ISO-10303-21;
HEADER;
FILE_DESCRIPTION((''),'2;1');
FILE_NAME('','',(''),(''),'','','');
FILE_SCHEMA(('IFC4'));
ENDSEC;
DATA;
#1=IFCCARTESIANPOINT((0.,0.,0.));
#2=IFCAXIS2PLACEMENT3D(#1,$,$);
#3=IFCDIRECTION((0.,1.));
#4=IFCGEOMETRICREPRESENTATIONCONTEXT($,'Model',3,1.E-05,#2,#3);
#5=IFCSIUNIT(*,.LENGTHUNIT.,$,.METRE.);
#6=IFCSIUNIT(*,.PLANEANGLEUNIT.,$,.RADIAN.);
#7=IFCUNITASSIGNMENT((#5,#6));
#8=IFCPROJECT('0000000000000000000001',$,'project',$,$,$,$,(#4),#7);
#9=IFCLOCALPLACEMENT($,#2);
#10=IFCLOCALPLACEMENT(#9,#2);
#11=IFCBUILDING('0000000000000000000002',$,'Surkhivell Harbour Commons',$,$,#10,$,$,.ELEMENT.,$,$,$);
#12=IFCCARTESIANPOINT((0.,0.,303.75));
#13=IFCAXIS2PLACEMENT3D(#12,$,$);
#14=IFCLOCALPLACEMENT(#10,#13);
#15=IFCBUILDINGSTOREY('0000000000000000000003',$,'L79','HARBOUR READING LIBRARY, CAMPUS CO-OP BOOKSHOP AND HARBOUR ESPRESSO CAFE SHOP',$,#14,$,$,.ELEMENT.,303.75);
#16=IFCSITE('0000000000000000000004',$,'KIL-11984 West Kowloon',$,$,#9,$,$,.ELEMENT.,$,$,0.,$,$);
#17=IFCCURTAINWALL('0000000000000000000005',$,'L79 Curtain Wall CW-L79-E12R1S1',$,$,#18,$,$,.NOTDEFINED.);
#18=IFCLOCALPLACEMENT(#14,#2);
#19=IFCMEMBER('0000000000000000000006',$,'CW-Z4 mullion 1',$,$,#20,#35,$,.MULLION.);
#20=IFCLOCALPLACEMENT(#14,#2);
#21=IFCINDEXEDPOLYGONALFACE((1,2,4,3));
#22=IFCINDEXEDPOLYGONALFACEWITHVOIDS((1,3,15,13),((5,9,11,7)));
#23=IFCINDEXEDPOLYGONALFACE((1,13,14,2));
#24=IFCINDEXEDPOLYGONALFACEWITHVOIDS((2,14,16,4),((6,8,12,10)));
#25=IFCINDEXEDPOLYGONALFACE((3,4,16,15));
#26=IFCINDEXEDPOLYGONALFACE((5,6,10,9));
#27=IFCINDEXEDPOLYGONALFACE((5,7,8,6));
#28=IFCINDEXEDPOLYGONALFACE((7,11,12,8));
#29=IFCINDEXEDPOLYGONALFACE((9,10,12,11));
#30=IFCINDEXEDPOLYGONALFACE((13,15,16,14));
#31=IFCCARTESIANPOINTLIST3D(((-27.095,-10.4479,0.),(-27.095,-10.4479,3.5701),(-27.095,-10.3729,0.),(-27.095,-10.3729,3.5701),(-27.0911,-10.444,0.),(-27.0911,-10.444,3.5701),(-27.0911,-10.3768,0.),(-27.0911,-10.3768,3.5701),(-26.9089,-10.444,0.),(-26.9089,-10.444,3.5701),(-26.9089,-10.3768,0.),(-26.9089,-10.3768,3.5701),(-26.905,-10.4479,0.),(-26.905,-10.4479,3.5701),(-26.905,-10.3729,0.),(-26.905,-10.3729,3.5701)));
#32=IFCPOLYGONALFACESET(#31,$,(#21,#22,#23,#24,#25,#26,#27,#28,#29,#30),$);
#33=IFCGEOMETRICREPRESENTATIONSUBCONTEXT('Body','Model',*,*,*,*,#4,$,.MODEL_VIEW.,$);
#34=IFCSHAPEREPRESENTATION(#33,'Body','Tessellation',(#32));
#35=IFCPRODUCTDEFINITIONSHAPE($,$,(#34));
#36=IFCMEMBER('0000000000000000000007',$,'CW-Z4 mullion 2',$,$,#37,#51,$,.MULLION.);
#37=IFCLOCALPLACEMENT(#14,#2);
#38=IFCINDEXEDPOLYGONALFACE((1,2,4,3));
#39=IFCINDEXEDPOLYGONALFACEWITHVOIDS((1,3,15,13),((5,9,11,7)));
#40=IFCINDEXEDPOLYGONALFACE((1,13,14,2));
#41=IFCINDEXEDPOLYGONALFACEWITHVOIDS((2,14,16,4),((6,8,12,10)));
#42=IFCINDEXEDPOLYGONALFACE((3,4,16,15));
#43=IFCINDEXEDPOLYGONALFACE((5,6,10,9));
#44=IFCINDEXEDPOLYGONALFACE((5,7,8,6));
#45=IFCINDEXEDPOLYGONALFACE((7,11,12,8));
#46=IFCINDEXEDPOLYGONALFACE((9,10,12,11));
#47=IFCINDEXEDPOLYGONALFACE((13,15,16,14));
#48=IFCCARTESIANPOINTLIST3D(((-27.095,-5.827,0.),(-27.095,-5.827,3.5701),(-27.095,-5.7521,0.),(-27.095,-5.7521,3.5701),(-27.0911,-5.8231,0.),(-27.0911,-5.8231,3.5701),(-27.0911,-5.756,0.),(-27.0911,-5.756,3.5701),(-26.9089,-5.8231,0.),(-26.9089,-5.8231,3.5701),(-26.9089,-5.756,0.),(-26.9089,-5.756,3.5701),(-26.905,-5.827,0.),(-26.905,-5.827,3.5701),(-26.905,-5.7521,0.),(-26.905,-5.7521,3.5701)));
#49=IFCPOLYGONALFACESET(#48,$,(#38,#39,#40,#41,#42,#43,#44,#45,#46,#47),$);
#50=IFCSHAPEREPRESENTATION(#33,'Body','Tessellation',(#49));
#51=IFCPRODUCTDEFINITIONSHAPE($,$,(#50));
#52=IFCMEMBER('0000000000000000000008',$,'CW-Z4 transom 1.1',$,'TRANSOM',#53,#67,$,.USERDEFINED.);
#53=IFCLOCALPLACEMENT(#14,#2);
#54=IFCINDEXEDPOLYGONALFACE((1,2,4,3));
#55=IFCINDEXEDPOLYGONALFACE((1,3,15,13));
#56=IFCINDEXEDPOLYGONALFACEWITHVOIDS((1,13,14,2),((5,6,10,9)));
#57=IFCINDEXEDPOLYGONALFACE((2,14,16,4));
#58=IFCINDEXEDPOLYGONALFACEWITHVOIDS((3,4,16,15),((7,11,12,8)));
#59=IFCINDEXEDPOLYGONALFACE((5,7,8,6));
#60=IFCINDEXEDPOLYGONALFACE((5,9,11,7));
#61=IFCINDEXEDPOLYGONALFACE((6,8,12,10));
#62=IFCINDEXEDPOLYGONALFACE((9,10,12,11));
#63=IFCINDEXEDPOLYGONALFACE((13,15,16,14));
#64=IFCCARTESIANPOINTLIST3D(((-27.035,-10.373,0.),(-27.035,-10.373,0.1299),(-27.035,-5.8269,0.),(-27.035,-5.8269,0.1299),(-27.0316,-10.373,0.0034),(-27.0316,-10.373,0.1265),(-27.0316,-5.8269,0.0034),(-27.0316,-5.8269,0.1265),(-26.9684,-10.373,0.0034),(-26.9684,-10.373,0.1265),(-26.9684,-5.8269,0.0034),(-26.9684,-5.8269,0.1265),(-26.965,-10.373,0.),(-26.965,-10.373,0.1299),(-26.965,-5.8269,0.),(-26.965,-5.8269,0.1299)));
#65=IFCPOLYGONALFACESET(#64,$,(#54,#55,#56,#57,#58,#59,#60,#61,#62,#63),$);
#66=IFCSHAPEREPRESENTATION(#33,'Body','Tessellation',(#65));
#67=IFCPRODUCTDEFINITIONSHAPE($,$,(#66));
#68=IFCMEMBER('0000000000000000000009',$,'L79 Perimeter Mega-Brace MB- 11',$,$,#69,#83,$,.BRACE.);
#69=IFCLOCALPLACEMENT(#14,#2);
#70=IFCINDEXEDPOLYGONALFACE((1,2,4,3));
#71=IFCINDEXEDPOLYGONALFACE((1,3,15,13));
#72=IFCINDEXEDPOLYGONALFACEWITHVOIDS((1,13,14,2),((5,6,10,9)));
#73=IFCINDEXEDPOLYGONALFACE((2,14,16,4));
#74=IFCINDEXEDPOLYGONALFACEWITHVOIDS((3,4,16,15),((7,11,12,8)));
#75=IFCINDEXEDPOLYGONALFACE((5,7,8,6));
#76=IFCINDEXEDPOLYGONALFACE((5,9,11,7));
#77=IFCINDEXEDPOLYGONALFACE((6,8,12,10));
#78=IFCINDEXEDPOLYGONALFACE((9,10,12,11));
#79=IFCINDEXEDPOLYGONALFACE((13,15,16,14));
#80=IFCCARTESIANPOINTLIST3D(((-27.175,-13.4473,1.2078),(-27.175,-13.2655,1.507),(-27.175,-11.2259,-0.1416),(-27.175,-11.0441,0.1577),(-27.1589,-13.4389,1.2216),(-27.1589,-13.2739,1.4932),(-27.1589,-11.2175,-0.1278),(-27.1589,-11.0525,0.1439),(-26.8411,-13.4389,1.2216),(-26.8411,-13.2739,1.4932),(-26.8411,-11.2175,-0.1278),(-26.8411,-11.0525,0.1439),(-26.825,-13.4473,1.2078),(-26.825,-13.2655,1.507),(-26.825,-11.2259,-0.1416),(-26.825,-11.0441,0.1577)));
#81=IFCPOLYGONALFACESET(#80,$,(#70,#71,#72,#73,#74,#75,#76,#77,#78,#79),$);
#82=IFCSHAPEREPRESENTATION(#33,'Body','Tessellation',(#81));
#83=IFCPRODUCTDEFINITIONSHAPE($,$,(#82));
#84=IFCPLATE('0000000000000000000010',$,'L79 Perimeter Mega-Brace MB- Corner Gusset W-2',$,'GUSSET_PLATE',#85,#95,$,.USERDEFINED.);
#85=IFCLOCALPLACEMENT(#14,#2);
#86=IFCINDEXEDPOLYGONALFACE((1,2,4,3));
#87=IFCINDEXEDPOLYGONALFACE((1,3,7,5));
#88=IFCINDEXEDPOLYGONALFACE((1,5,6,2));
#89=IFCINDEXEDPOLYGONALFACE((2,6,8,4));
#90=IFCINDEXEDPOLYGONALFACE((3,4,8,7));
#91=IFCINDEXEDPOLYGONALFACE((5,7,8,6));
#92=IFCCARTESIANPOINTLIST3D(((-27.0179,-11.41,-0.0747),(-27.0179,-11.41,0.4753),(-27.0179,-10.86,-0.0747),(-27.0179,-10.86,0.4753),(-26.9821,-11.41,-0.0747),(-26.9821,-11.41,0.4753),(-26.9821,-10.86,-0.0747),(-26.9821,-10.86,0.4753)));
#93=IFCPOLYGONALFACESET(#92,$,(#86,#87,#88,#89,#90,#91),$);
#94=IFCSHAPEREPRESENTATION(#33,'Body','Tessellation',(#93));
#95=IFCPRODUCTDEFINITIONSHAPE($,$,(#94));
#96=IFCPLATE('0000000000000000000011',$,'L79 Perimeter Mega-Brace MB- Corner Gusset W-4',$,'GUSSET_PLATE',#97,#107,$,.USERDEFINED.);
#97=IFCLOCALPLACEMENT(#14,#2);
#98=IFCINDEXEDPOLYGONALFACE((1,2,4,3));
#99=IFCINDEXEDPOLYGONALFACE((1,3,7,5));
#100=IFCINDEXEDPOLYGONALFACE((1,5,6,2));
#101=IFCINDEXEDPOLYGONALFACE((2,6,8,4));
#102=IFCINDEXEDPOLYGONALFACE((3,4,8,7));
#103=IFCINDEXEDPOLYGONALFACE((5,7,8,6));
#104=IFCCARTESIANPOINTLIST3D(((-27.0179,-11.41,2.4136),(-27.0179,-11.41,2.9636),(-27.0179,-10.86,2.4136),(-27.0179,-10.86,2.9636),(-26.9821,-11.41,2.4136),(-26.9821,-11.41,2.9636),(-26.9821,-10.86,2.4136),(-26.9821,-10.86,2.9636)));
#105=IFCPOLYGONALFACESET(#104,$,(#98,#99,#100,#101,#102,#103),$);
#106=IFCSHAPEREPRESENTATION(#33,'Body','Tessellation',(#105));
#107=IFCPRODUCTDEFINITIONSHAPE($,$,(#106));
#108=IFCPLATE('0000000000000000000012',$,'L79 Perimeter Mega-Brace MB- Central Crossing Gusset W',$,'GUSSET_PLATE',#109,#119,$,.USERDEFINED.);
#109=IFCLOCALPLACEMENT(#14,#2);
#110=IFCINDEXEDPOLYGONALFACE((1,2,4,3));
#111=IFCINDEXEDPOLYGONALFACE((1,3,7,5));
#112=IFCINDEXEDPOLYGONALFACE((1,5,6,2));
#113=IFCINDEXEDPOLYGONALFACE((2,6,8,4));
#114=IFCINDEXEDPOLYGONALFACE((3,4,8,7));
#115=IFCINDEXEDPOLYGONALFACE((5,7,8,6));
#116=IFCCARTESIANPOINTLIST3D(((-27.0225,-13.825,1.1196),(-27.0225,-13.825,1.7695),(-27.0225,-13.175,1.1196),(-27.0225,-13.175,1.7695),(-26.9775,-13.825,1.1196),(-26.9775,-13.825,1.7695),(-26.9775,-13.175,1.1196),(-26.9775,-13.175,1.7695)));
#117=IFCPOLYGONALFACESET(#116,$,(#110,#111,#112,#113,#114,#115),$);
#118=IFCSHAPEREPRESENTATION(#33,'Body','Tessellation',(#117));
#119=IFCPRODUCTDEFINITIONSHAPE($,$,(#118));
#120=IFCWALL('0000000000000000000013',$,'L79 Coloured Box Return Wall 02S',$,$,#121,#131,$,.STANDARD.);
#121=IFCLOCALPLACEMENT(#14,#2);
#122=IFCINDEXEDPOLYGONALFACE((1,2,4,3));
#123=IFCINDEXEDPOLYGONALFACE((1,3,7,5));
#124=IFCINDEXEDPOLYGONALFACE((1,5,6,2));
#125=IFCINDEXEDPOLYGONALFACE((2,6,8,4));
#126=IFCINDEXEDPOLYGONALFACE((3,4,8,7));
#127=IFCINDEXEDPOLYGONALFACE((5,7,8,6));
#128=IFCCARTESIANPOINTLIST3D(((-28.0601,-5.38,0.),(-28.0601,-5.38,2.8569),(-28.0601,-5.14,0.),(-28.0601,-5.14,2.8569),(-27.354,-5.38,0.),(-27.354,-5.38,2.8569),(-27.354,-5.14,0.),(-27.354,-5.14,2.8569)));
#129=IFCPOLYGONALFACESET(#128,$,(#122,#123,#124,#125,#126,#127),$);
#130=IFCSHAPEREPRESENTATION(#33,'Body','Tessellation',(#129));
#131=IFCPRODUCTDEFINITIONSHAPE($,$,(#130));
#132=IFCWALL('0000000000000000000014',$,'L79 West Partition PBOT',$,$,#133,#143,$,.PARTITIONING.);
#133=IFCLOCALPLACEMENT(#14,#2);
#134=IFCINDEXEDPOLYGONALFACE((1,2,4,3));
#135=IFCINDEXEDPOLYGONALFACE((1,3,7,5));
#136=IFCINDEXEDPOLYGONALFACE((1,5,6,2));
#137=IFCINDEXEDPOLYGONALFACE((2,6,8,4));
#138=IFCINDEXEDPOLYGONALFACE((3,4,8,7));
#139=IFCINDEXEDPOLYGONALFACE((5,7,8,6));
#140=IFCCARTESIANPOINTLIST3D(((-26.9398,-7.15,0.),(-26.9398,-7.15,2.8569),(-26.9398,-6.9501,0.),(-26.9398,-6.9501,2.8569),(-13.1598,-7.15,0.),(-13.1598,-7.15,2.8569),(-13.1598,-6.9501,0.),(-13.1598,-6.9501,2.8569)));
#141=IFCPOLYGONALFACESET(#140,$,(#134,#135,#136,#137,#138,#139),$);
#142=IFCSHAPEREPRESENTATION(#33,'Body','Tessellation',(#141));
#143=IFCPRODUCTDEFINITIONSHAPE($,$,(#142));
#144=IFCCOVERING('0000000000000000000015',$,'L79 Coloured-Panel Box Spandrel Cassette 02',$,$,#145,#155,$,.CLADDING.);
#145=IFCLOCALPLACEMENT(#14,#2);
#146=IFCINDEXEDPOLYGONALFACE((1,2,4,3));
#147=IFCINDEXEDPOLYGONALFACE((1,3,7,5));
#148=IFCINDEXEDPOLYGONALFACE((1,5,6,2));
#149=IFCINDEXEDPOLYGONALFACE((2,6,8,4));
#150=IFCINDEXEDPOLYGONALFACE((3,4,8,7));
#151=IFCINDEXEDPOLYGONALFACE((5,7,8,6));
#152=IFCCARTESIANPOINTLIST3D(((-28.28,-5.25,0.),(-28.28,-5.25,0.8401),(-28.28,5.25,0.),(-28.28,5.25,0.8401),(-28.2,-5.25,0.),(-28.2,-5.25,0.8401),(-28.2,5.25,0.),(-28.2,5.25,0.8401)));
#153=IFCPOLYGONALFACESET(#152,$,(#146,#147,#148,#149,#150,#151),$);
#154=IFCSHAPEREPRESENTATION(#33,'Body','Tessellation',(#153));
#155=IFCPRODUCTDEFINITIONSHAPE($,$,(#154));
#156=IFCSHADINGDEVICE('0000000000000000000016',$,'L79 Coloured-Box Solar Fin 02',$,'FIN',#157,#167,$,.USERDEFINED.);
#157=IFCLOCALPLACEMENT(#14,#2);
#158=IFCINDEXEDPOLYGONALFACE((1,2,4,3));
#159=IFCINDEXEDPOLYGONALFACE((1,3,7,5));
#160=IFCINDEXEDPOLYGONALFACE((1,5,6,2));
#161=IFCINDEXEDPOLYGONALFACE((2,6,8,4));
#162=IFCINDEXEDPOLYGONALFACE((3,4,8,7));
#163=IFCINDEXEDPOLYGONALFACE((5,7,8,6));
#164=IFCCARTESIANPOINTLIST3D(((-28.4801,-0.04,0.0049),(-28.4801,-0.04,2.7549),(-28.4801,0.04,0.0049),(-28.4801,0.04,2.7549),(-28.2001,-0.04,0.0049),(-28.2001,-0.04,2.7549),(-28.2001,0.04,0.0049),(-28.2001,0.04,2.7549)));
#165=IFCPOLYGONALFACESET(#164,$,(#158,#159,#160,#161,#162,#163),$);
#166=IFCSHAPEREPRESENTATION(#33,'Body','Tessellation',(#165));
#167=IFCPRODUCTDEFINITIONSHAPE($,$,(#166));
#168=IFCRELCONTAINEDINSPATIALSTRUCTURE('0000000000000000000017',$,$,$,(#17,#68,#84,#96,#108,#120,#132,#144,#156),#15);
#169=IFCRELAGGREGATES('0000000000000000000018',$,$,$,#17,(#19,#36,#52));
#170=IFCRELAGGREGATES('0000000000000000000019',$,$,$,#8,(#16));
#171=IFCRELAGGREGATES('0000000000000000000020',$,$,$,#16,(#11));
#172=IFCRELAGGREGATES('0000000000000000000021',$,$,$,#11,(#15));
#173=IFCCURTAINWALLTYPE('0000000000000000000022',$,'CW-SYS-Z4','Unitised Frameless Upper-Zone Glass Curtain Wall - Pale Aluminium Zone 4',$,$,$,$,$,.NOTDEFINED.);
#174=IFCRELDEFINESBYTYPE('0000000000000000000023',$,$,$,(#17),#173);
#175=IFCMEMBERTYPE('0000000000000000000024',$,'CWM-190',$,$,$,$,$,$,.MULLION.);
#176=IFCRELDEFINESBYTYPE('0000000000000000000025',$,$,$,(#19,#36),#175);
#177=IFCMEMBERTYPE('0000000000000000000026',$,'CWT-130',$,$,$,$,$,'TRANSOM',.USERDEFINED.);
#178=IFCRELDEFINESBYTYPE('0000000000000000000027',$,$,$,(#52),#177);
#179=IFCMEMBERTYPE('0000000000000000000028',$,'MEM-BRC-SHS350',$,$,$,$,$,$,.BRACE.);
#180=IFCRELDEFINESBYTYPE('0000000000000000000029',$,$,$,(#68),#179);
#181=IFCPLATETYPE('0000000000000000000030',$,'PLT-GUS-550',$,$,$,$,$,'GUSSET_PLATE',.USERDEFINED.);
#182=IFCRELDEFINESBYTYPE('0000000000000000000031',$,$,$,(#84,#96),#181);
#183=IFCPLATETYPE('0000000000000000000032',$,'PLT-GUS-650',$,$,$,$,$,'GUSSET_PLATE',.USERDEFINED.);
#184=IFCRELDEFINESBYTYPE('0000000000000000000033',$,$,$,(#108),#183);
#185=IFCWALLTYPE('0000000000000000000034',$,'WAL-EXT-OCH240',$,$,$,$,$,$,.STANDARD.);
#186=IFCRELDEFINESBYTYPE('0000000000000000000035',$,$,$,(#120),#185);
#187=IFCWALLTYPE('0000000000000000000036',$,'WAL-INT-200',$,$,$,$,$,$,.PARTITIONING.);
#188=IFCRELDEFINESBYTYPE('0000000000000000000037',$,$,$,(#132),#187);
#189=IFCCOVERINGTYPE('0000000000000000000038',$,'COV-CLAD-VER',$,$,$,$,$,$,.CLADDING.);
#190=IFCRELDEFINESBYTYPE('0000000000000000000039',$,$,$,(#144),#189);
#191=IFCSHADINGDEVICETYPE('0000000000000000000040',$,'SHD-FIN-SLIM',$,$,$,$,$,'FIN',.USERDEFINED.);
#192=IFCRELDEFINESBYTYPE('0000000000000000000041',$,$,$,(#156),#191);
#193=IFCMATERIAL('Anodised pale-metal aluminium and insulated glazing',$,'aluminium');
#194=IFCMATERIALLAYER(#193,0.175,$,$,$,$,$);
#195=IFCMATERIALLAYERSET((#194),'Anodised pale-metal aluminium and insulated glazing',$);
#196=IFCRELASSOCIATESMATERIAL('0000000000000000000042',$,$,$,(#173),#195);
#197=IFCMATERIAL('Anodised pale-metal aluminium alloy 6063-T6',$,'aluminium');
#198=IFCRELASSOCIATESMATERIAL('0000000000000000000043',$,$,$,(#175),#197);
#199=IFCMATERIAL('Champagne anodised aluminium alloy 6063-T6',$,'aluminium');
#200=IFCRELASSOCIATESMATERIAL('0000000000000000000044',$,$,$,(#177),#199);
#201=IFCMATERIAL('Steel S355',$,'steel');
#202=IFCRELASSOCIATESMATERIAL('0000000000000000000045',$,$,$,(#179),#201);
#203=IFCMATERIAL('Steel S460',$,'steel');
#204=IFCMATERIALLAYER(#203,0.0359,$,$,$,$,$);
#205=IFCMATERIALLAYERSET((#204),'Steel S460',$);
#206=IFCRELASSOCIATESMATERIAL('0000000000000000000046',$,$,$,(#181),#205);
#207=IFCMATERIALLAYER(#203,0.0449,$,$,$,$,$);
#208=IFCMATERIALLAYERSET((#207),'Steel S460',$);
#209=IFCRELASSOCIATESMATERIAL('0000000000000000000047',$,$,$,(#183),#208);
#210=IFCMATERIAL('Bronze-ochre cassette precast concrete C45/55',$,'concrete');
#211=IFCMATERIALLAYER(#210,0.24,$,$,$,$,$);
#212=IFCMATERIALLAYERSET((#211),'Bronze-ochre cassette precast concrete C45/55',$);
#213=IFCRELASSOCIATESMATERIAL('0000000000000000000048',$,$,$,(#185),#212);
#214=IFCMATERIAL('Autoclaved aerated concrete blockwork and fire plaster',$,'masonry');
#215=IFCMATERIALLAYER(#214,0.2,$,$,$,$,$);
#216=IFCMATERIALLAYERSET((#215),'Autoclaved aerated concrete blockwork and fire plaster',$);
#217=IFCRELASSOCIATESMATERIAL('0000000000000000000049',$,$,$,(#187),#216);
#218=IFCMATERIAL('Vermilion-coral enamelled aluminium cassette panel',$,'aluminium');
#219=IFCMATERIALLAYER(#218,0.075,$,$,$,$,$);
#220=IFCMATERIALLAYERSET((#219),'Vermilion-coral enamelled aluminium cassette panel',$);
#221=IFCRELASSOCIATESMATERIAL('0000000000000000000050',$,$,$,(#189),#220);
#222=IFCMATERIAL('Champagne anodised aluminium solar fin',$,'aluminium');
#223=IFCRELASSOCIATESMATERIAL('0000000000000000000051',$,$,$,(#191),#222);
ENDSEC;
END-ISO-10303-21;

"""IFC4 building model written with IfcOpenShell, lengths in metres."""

from ifc_helpers import new_model, si_unit, direction, frame, frame_2d, origin, origin_2d, place, context, subcontext, project, spatial, rectangle, hollow_rectangle, extrude, material, layer, layer_set, material_profile, profile_set, type_object, element, aggregate, save


model = new_model("IFC4")

# Units and contexts
model_context = context("Model", 3, precision=1e-05, world=origin(), true_north=direction((0.0, 1.0)))
body_context = subcontext(model_context, "Body", "Model", "MODEL_VIEW")
ifc_project = project(units=[si_unit("LENGTHUNIT", "METRE"), si_unit("PLANEANGLEUNIT", "RADIAN")], contexts=[model_context])

# Site, building, storey
site_placement = place(None, origin())
site = spatial("IfcSite", under=ifc_project, at=site_placement, Name="KIL-11984 West Kowloon", CompositionType="ELEMENT", RefElevation=0.0)
building_placement = place(site_placement, origin())
building = spatial("IfcBuilding", under=site, at=building_placement, Name="Surkhivell Harbour Commons", CompositionType="ELEMENT")
storey_placement = place(building_placement, frame((0.0, 0.0, 303.75)))
storey = spatial("IfcBuildingStorey", under=building, at=storey_placement, Name="L79", Description="HARBOUR READING LIBRARY, CAMPUS CO-OP BOOKSHOP AND HARBOUR ESPRESSO CAFE SHOP", CompositionType="ELEMENT", Elevation=303.75)

# Shared definitions
ifc_material_1 = material(Name="Steel S460", Category="steel")
ifc_material_2 = material(Name="Steel S355", Category="steel")

# Curtain wall, members
ifc_material_3 = material(Name="Anodised pale-metal aluminium and insulated glazing", Category="aluminium")
ifc_layer_1 = layer(ifc_material_3, 0.175)
ifc_layer_set_1 = layer_set([ifc_layer_1], Name="Anodised pale-metal aluminium and insulated glazing")
curtain_wall_type = type_object("IfcCurtainWallType", Name="CW-SYS-Z4", Description="Unitised Frameless Upper-Zone Glass Curtain Wall - Pale Aluminium Zone 4", PredefinedType="NOTDEFINED", material=ifc_layer_set_1)
curtain_wall_placement = place(storey_placement, origin())
curtain_wall = element("IfcCurtainWall", 1, at=curtain_wall_placement, inside=storey, type_object=curtain_wall_type, Name="L79 Curtain Wall CW-L79-E12R1S1", PredefinedType="NOTDEFINED")
ifc_material_4 = material(Name="Anodised pale-metal aluminium alloy 6063-T6", Category="aluminium")
ifc_material_profile_1 = material_profile(ifc_material_4, hollow_rectangle(XDim=0.075, YDim=0.1899, WallThickness=0.0039, at=origin_2d()), Name="ALU-MULL-75x190")
ifc_profile_set_1 = profile_set([ifc_material_profile_1], Name="Anodised pale-metal aluminium alloy 6063-T6")
member_type_1 = type_object("IfcMemberType", Name="CWM-190", PredefinedType="MULLION", material=ifc_profile_set_1)
member_1_placement = place(storey_placement, frame((-27.0, -10.4104, 0.0), z_axis=(0.0, 0.0, 1.0), x_axis=(0.0, 1.0, 0.0)))
member_1 = element("IfcMember", 2, at=member_1_placement, type_object=member_type_1, Name="CW-Z4 mullion 1", PredefinedType="MULLION", context=body_context, shape_type="SweptSolid", body=[
    extrude(hollow_rectangle(XDim=0.075, YDim=0.1899, WallThickness=0.0039, at=origin_2d()), origin(), (0.0, 0.0, 1.0), 3.5701),
])
member_2_placement = place(storey_placement, frame((-27.0, -5.7896, 0.0), z_axis=(0.0, 0.0, 1.0), x_axis=(0.0, 1.0, 0.0)))
member_2 = element("IfcMember", 3, at=member_2_placement, type_object=member_type_1, Name="CW-Z4 mullion 2", PredefinedType="MULLION", context=body_context, shape_type="SweptSolid", body=[
    extrude(hollow_rectangle(XDim=0.075, YDim=0.1899, WallThickness=0.0039, at=origin_2d()), origin(), (0.0, 0.0, 1.0), 3.5701),
])
ifc_material_5 = material(Name="Champagne anodised aluminium alloy 6063-T6", Category="aluminium")
ifc_material_profile_2 = material_profile(ifc_material_5, hollow_rectangle(XDim=0.0701, YDim=0.1299, WallThickness=0.0034, at=origin_2d()), Name="ALU-TRAN-70x130")
ifc_profile_set_2 = profile_set([ifc_material_profile_2], Name="Champagne anodised aluminium alloy 6063-T6")
member_type_2 = type_object("IfcMemberType", Name="CWT-130", ElementType="TRANSOM", PredefinedType="USERDEFINED", material=ifc_profile_set_2)
member_3_placement = place(storey_placement, frame((-27.0, -10.373, 0.0649), z_axis=(0.0, 1.0, 0.0), x_axis=(-1.0, 0.0, 0.0)))
member_3 = element("IfcMember", 4, at=member_3_placement, type_object=member_type_2, Name="CW-Z4 transom 1.1", ObjectType="TRANSOM", PredefinedType="USERDEFINED", context=body_context, shape_type="SweptSolid", body=[
    extrude(hollow_rectangle(XDim=0.0701, YDim=0.1299, WallThickness=0.0034, at=origin_2d()), origin(), (0.0, 0.0, 1.0), 4.5461),
])

# Member
ifc_material_profile_3 = material_profile(ifc_material_2, hollow_rectangle(XDim=0.3501, YDim=0.3501, WallThickness=0.0161, at=origin_2d()), Name="SHS350x350x16")
ifc_profile_set_3 = profile_set([ifc_material_profile_3], Name="Steel S355")
member_type_3 = type_object("IfcMemberType", Name="MEM-BRC-SHS350", PredefinedType="BRACE", material=ifc_profile_set_3)
member_4_placement = place(storey_placement, frame((-27.0, -11.135, 0.0081), z_axis=(0.0, -0.854679, 0.519157), x_axis=(1.0, 0.0, 0.0)))
element("IfcMember", 5, at=member_4_placement, inside=storey, type_object=member_type_3, Name="L79 Perimeter Mega-Brace MB- 11", PredefinedType="BRACE", context=body_context, shape_type="SweptSolid", body=[
    extrude(hollow_rectangle(XDim=0.3501, YDim=0.3501, WallThickness=0.0161, at=origin_2d()), origin(), (0.0, 0.0, 1.0), 2.5991),
])

aggregate(curtain_wall, [member_1, member_2, member_3])

# Plates
ifc_layer_2 = layer(ifc_material_1, 0.0359)
ifc_layer_set_2 = layer_set([ifc_layer_2], Name="Steel S460")
plate_type_1 = type_object("IfcPlateType", Name="PLT-GUS-550", ElementType="GUSSET_PLATE", PredefinedType="USERDEFINED", material=ifc_layer_set_2)
for number, where, z_axis, x_axis, name in (
    (6, (-27.0, -11.135, -0.0747), (0.0, 0.0, 1.0), (0.0, 1.0, 0.0), "L79 Perimeter Mega-Brace MB- Corner Gusset W-2"),
    (7, (-27.0, -11.135, 2.4136), (0.0, 0.0, 1.0), (0.0, 1.0, 0.0), "L79 Perimeter Mega-Brace MB- Corner Gusset W-4"),
):
    element("IfcPlate", number, at=place(storey_placement, frame(where, z_axis=z_axis, x_axis=x_axis)), inside=storey, type_object=plate_type_1, Name=name, ObjectType="GUSSET_PLATE", PredefinedType="USERDEFINED", context=body_context, shape_type="SweptSolid", body=[
        extrude(rectangle(XDim=0.55, YDim=0.0359, at=origin_2d()), origin(), (0.0, 0.0, 1.0), 0.55),
    ])
ifc_layer_3 = layer(ifc_material_1, 0.0449)
ifc_layer_set_3 = layer_set([ifc_layer_3], Name="Steel S460")
plate_type_2 = type_object("IfcPlateType", Name="PLT-GUS-650", ElementType="GUSSET_PLATE", PredefinedType="USERDEFINED", material=ifc_layer_set_3)
plate_1_placement = place(storey_placement, frame((-27.0, -13.5, 1.1196), z_axis=(0.0, 0.0, 1.0), x_axis=(0.0, 1.0, 0.0)))
element("IfcPlate", 8, at=plate_1_placement, inside=storey, type_object=plate_type_2, Name="L79 Perimeter Mega-Brace MB- Central Crossing Gusset W", ObjectType="GUSSET_PLATE", PredefinedType="USERDEFINED", context=body_context, shape_type="SweptSolid", body=[
    extrude(rectangle(XDim=0.6499, YDim=0.0449, at=origin_2d()), origin(), (0.0, 0.0, 1.0), 0.6499),
])

# Walls
ifc_material_6 = material(Name="Bronze-ochre cassette precast concrete C45/55", Category="concrete")
ifc_layer_4 = layer(ifc_material_6, 0.24)
ifc_layer_set_4 = layer_set([ifc_layer_4], Name="Bronze-ochre cassette precast concrete C45/55")
wall_type_1 = type_object("IfcWallType", Name="WAL-EXT-OCH240", PredefinedType="STANDARD", material=ifc_layer_set_4)
wall_1_placement = place(storey_placement, frame((-28.0601, -5.26, 0.0), z_axis=(0.0, 0.0, 1.0), x_axis=(1.0, 0.0, 0.0)))
element("IfcWall", 9, at=wall_1_placement, inside=storey, type_object=wall_type_1, Name="L79 Coloured Box Return Wall 02S", PredefinedType="STANDARD", context=body_context, shape_type="SweptSolid", body=[
    extrude(rectangle(XDim=0.7061, YDim=0.24, at=frame_2d((0.353, 0.0))), origin(), (0.0, 0.0, 1.0), 2.8569),
])
ifc_material_7 = material(Name="Autoclaved aerated concrete blockwork and fire plaster", Category="masonry")
ifc_layer_5 = layer(ifc_material_7, 0.2)
ifc_layer_set_5 = layer_set([ifc_layer_5], Name="Autoclaved aerated concrete blockwork and fire plaster")
wall_type_2 = type_object("IfcWallType", Name="WAL-INT-200", PredefinedType="PARTITIONING", material=ifc_layer_set_5)
wall_2_placement = place(storey_placement, frame((-26.9399, -7.05, 0.0), z_axis=(0.0, 0.0, 1.0), x_axis=(1.0, 0.0, 0.0)))
element("IfcWall", 10, at=wall_2_placement, inside=storey, type_object=wall_type_2, Name="L79 West Partition PBOT", PredefinedType="PARTITIONING", context=body_context, shape_type="SweptSolid", body=[
    extrude(rectangle(XDim=13.78, YDim=0.2, at=frame_2d((6.8901, 0.0))), origin(), (0.0, 0.0, 1.0), 2.8569),
])

# Covering
ifc_material_8 = material(Name="Vermilion-coral enamelled aluminium cassette panel", Category="aluminium")
ifc_layer_6 = layer(ifc_material_8, 0.075)
ifc_layer_set_6 = layer_set([ifc_layer_6], Name="Vermilion-coral enamelled aluminium cassette panel")
covering_type = type_object("IfcCoveringType", Name="COV-CLAD-VER", PredefinedType="CLADDING", material=ifc_layer_set_6)
covering_placement = place(storey_placement, frame((-28.24, 0.0, 0.0), z_axis=(0.0, 0.0, 1.0), x_axis=(1.0, 0.0, 0.0)))
element("IfcCovering", 11, at=covering_placement, inside=storey, type_object=covering_type, Name="L79 Coloured-Panel Box Spandrel Cassette 02", PredefinedType="CLADDING", context=body_context, shape_type="SweptSolid", body=[
    extrude(rectangle(XDim=0.0801, YDim=10.5, at=origin_2d()), origin(), (0.0, 0.0, 1.0), 0.8401),
])

# Shading device
ifc_material_9 = material(Name="Champagne anodised aluminium solar fin", Category="aluminium")
shading_device_type = type_object("IfcShadingDeviceType", Name="SHD-FIN-SLIM", ElementType="FIN", PredefinedType="USERDEFINED", material=ifc_material_9)
shading_device_placement = place(storey_placement, frame((-28.3401, 0.0, 0.0049), z_axis=(0.0, 0.0, 1.0), x_axis=(1.0, 0.0, 0.0)))
element("IfcShadingDevice", 12, at=shading_device_placement, inside=storey, type_object=shading_device_type, Name="L79 Coloured-Box Solar Fin 02", ObjectType="FIN", PredefinedType="USERDEFINED", context=body_context, shape_type="SweptSolid", body=[
    extrude(rectangle(XDim=0.28, YDim=0.0801, at=origin_2d()), origin(), (0.0, 0.0, 1.0), 2.75),
])

save(model, "model.ifc")
